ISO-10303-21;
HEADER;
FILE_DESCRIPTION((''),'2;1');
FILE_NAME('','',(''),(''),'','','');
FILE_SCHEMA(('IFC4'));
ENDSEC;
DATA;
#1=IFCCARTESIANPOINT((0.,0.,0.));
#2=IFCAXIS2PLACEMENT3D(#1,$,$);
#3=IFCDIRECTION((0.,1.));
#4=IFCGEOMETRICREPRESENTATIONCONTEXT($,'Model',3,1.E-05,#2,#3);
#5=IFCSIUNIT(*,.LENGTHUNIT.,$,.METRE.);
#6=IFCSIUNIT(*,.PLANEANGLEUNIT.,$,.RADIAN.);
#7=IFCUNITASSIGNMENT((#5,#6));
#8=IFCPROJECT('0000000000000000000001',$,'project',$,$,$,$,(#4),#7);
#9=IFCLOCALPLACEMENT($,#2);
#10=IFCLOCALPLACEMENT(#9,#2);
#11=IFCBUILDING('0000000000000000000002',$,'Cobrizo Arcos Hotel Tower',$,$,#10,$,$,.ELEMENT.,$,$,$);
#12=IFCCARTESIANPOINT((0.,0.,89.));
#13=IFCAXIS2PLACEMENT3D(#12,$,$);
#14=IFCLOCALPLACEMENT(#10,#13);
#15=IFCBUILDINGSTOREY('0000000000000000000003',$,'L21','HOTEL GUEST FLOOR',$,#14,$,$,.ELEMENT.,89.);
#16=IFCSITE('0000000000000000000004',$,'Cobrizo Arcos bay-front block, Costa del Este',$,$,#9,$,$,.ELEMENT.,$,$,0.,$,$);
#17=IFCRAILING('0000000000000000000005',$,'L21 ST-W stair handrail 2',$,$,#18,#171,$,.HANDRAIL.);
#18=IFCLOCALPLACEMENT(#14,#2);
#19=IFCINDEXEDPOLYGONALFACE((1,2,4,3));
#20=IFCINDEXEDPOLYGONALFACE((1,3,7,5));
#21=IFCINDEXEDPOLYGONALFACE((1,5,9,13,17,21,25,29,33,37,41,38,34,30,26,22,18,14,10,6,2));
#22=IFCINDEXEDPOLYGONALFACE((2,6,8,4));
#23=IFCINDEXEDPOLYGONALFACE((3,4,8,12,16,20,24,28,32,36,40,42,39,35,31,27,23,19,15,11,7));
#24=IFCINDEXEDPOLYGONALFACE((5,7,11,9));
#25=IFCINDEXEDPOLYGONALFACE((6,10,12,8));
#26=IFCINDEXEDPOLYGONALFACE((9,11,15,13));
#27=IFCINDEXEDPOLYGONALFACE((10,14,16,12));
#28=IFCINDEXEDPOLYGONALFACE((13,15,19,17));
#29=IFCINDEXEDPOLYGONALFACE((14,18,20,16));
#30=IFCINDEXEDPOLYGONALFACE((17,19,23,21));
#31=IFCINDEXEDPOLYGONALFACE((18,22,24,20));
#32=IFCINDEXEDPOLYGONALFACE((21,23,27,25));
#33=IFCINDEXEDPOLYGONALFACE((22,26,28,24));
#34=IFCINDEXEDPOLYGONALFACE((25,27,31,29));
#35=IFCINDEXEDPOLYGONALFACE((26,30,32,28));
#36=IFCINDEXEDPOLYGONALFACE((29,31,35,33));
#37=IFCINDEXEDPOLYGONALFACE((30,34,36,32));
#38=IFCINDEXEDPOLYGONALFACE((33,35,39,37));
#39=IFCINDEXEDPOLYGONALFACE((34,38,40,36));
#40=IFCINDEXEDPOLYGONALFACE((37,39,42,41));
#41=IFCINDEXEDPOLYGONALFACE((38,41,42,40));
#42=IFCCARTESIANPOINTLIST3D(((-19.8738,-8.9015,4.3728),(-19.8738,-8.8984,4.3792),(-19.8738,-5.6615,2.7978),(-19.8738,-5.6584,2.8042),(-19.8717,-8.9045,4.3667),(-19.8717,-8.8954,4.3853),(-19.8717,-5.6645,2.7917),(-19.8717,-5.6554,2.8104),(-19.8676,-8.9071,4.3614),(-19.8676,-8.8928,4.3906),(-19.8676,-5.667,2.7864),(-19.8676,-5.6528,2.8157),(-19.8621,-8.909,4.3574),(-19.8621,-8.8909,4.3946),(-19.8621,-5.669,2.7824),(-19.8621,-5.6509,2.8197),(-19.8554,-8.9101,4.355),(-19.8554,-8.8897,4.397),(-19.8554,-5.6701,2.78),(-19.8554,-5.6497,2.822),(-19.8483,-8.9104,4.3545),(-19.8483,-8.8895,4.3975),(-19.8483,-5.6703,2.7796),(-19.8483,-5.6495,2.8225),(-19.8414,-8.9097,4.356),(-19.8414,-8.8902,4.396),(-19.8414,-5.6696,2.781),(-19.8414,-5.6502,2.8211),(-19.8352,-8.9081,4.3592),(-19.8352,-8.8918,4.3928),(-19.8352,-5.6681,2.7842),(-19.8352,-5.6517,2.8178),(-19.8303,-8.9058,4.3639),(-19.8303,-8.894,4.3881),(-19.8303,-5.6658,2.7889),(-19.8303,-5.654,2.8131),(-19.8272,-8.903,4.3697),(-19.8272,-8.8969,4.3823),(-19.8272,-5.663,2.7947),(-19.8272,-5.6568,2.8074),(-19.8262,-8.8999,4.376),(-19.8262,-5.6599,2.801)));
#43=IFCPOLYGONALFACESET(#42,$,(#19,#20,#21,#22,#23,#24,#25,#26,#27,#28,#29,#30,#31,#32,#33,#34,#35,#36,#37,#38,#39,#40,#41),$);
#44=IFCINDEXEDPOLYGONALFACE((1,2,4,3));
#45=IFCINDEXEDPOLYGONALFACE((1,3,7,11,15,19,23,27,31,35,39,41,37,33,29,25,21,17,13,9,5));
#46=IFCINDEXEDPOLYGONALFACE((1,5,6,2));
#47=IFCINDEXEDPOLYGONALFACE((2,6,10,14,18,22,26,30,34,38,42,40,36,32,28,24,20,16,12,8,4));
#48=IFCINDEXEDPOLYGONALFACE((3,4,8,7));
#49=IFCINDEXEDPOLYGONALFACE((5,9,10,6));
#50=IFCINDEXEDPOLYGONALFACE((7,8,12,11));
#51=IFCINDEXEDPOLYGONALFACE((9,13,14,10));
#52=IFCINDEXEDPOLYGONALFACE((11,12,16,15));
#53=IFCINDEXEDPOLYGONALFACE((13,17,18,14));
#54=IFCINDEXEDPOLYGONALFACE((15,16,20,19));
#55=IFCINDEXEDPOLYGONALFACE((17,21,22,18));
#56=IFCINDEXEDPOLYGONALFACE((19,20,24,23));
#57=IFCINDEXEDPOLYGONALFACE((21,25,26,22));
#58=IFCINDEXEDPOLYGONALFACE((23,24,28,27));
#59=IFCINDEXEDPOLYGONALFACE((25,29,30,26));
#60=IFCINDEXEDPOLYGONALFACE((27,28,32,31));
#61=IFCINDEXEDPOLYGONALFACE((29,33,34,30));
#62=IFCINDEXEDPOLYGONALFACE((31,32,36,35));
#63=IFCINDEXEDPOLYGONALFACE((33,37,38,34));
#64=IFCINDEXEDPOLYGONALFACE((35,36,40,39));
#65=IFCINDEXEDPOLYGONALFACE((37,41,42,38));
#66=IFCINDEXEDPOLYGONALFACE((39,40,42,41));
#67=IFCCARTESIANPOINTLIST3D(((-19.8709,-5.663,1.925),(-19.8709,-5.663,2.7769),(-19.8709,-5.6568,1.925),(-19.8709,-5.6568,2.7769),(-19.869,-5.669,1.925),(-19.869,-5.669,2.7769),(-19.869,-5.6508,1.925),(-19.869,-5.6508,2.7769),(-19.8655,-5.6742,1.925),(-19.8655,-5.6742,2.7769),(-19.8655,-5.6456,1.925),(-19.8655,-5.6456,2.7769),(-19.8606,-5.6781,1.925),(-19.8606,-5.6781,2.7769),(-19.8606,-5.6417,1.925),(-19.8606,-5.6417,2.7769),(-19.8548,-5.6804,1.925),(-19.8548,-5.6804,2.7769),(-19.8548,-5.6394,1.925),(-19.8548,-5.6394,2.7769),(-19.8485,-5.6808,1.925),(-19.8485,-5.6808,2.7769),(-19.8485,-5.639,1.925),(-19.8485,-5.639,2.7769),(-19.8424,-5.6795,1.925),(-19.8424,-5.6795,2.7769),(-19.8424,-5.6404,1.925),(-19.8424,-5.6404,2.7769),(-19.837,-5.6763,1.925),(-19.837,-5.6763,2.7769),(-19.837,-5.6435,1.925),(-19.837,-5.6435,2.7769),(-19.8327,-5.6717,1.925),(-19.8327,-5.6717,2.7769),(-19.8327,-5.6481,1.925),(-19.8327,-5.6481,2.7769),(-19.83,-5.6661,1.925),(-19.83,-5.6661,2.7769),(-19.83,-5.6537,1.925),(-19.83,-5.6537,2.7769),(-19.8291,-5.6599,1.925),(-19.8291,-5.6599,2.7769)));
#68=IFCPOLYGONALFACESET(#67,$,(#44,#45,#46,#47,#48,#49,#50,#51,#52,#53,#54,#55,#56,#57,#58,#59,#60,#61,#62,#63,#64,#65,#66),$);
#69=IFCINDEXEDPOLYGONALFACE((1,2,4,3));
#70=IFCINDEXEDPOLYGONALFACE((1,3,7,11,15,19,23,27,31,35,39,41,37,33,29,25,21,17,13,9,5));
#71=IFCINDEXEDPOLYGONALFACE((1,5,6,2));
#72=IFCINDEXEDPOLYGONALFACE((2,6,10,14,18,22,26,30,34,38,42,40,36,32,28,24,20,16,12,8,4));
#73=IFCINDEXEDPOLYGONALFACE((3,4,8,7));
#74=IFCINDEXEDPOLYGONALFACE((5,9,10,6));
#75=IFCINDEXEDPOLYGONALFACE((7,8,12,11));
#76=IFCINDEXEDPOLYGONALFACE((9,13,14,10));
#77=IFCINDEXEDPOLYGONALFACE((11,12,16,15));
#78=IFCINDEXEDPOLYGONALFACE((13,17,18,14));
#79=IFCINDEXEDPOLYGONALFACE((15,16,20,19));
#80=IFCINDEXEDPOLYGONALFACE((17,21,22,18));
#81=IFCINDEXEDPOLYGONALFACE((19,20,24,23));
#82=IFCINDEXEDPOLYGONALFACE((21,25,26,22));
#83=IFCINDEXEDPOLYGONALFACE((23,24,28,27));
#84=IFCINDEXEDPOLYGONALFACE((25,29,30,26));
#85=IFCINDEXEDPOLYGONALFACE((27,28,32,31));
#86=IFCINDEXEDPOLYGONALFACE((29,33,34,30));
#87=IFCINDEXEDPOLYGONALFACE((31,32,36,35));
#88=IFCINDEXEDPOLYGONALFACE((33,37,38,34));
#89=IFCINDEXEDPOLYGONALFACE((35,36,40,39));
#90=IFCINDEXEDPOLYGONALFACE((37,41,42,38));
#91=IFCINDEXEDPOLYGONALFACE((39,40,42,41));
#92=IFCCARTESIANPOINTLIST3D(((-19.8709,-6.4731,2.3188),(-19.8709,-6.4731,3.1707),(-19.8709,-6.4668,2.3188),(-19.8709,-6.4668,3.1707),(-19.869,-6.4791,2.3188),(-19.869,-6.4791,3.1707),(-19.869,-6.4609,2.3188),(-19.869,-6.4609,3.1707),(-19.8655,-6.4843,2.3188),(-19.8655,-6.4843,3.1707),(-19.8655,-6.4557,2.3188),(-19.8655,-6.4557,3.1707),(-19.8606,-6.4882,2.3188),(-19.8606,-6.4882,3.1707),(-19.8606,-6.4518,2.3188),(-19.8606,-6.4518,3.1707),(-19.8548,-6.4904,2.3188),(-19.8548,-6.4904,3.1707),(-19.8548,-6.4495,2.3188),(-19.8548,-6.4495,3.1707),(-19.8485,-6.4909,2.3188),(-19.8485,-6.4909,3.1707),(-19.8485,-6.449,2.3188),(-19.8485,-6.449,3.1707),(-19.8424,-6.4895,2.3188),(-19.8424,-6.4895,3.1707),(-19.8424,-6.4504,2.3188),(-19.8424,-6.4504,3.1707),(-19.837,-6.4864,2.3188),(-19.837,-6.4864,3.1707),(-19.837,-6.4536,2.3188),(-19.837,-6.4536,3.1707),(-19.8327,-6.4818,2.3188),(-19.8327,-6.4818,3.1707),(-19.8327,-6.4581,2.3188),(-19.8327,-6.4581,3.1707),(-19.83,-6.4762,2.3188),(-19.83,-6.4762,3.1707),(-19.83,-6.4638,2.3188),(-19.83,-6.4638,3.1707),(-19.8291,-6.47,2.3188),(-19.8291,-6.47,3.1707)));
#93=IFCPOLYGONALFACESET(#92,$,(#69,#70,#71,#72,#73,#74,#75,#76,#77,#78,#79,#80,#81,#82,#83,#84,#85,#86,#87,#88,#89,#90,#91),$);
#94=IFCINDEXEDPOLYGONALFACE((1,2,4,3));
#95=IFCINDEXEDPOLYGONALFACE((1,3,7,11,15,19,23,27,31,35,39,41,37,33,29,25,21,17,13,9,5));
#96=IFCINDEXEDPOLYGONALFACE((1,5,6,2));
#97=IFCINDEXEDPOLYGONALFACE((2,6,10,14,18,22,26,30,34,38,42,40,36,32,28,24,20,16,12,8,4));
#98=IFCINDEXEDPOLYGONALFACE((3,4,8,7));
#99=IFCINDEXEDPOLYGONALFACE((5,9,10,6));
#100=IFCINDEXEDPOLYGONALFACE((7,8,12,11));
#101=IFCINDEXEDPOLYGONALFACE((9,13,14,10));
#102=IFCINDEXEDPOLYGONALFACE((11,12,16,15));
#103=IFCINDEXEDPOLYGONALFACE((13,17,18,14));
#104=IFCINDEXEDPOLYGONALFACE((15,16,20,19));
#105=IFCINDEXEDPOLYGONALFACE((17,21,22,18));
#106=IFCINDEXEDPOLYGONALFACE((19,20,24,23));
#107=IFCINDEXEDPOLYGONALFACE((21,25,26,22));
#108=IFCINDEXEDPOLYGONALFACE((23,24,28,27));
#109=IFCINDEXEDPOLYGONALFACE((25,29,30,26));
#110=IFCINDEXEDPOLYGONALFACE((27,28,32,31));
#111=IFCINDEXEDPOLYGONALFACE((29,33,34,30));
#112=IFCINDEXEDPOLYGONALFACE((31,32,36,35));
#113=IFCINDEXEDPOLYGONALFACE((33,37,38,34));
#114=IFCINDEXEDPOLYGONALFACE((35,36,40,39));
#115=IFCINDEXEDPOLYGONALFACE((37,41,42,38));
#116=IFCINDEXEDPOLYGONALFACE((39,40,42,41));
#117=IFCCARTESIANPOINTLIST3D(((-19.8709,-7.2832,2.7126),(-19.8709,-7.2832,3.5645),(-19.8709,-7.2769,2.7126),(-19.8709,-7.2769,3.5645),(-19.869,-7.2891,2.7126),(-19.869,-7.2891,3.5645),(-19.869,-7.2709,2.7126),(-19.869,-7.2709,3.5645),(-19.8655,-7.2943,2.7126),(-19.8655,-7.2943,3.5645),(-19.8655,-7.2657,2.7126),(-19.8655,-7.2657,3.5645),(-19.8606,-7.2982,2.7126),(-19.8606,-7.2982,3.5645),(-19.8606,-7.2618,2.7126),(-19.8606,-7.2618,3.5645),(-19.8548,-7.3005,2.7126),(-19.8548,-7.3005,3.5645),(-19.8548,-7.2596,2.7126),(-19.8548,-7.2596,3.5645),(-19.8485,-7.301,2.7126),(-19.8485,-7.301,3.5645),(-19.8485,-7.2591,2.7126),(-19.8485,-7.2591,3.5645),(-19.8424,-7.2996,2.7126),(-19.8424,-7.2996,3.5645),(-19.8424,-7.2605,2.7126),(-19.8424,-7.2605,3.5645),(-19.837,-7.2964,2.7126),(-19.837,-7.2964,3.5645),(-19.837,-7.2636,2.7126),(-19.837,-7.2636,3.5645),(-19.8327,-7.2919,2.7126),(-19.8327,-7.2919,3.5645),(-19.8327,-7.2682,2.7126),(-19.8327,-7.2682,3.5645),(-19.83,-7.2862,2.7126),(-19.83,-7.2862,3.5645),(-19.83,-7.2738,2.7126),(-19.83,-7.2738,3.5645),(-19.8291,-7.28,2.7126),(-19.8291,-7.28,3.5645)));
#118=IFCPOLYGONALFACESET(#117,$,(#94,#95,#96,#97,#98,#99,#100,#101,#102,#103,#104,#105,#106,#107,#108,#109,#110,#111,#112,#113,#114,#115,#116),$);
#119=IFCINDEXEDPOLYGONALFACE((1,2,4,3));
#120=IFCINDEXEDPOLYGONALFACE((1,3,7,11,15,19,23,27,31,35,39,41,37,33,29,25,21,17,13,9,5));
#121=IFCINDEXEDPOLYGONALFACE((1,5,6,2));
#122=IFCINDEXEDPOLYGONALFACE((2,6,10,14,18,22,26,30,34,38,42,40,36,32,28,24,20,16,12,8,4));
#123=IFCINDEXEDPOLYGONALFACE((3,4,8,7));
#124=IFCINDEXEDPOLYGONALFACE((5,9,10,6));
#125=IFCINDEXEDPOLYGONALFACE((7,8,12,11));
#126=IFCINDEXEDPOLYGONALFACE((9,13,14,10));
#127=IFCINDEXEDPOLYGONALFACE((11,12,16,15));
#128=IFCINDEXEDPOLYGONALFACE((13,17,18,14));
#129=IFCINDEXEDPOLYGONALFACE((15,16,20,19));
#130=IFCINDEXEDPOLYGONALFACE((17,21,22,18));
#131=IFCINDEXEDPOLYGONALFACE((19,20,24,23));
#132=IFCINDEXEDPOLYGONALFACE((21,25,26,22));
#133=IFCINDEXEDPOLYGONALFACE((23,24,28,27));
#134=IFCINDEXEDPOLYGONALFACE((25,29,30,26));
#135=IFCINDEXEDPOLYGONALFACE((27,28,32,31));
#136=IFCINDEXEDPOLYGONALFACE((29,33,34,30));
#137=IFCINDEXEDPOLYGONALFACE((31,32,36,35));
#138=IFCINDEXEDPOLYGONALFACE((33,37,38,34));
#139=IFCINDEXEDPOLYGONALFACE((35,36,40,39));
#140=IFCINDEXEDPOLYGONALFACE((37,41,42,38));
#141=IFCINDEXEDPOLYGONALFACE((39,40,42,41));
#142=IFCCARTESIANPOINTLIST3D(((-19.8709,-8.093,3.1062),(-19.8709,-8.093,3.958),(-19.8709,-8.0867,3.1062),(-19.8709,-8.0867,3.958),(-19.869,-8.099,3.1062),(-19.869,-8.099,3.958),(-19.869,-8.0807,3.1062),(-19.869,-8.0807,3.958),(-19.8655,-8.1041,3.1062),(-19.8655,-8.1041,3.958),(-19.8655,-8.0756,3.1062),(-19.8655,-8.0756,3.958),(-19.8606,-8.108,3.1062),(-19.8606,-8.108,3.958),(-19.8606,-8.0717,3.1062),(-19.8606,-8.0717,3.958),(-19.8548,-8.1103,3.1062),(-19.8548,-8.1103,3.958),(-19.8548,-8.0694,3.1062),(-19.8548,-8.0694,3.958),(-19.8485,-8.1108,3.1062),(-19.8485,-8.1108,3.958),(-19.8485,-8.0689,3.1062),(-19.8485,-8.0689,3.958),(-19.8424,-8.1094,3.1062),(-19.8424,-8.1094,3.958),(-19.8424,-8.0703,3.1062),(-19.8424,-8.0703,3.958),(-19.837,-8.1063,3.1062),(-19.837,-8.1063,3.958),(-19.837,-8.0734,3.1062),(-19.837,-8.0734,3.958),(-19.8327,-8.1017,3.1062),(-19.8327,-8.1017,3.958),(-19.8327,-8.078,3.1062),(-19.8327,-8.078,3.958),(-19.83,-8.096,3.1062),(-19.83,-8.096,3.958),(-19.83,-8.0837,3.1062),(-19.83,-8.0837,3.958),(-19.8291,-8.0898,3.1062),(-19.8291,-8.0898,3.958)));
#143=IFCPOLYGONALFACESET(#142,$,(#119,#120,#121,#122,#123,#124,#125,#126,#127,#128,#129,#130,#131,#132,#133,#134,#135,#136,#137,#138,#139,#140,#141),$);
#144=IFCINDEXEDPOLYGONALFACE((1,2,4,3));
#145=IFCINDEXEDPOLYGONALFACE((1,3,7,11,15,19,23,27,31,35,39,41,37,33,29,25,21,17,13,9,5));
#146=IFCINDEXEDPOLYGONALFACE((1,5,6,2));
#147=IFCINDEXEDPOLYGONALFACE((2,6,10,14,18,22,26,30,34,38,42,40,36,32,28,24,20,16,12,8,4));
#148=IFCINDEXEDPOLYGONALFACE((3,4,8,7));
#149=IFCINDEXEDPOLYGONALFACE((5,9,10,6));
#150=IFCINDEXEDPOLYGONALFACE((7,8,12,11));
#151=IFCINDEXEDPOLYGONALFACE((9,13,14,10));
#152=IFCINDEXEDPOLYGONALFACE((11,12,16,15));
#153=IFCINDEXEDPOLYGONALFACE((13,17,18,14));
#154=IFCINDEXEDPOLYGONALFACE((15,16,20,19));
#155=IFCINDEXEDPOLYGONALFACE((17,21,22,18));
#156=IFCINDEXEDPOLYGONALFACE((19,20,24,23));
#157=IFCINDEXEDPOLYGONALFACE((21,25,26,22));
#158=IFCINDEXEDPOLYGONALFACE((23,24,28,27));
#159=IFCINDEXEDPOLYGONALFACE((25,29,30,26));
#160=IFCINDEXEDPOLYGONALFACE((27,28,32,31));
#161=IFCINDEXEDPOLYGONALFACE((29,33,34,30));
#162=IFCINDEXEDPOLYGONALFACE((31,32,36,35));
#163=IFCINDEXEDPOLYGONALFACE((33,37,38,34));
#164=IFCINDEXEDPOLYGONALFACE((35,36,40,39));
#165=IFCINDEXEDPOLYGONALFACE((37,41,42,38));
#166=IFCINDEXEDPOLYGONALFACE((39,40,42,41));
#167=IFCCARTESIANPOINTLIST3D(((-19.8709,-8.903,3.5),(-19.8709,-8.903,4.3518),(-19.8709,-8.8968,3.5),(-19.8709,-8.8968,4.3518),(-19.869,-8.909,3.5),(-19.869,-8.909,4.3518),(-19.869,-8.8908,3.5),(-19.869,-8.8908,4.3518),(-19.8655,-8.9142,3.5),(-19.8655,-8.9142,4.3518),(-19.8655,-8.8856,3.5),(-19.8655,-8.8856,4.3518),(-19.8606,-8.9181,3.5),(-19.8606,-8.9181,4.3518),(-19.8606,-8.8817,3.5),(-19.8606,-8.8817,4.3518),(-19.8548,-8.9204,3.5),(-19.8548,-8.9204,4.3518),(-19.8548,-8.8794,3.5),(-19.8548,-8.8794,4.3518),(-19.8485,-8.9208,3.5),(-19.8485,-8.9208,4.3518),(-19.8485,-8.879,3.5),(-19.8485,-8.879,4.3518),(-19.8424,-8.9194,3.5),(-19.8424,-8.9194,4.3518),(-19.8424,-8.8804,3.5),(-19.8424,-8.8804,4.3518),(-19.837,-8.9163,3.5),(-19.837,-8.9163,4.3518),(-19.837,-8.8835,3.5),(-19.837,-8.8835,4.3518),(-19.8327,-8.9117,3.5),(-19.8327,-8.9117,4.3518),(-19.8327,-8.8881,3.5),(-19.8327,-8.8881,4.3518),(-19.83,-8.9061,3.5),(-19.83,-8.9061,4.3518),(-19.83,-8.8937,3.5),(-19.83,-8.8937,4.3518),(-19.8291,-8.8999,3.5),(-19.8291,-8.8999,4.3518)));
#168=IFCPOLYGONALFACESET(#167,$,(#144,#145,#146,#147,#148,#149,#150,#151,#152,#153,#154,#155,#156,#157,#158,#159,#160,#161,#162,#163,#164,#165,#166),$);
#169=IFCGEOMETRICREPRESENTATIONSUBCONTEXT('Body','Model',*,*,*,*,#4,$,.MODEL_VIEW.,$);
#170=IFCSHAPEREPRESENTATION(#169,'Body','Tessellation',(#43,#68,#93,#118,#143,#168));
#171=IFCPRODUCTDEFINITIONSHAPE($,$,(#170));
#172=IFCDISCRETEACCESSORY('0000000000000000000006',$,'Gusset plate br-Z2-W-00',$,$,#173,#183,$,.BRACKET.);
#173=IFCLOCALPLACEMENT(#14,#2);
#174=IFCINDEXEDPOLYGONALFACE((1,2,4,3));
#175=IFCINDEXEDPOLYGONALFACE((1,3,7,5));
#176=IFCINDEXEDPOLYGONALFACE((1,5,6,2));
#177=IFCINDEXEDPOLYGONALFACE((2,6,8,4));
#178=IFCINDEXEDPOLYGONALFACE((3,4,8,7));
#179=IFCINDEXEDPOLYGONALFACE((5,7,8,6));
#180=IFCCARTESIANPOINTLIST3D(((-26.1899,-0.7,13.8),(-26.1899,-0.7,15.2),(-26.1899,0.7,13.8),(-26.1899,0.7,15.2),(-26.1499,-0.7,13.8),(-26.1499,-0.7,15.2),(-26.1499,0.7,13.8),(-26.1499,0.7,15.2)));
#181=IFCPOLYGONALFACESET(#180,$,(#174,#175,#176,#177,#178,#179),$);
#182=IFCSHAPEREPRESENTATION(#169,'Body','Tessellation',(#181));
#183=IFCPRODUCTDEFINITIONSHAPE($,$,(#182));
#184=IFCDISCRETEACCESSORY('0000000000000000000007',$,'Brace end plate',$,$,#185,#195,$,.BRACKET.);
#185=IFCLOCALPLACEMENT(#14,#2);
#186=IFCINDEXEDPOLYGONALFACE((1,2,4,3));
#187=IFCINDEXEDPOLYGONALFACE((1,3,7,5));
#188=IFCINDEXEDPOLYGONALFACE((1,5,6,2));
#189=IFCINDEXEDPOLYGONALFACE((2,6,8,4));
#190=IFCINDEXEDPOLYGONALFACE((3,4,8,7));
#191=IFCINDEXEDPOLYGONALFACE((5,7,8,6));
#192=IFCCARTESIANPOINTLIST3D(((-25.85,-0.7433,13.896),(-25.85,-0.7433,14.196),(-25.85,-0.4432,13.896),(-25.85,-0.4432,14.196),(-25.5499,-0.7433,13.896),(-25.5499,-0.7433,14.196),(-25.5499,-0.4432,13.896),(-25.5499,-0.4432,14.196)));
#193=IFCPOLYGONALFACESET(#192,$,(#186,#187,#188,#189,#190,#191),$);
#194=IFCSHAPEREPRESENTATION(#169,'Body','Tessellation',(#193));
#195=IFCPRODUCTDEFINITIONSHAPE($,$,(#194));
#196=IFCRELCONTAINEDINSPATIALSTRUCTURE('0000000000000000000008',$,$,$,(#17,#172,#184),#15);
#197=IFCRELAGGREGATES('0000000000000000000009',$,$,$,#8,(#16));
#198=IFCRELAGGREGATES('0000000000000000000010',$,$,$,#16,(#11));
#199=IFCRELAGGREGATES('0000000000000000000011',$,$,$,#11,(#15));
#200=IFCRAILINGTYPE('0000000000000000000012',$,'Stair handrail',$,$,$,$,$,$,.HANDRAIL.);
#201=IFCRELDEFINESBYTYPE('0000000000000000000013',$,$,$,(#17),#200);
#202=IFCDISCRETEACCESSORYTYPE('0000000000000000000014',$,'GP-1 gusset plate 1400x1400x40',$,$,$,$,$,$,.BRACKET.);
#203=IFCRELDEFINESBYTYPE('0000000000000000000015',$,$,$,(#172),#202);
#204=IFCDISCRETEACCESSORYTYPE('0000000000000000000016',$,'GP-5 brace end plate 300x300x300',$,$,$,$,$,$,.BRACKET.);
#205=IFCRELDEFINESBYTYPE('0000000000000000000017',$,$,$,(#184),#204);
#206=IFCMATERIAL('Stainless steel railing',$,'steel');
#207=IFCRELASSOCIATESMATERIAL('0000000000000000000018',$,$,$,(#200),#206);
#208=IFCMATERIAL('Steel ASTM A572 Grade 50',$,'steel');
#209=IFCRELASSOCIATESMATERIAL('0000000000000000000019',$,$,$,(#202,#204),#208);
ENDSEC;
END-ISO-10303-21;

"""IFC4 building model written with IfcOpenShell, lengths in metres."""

from ifc_helpers import new_model, si_unit, direction, frame, origin, origin_2d, place, context, subcontext, project, spatial, rectangle, circle, extrude, material, type_object, element, save


model = new_model("IFC4")

# Units and contexts
model_context = context("Model", 3, precision=1e-05, world=origin(), true_north=direction((0.0, 1.0)))
body_context = subcontext(model_context, "Body", "Model", "MODEL_VIEW")
ifc_project = project(units=[si_unit("LENGTHUNIT", "METRE"), si_unit("PLANEANGLEUNIT", "RADIAN")], contexts=[model_context])

# Site, building, storey
site_placement = place(None, origin())
site = spatial("IfcSite", under=ifc_project, at=site_placement, Name="Cobrizo Arcos bay-front block, Costa del Este", CompositionType="ELEMENT", RefElevation=0.0)
building_placement = place(site_placement, origin())
building = spatial("IfcBuilding", under=site, at=building_placement, Name="Cobrizo Arcos Hotel Tower", CompositionType="ELEMENT")
storey_placement = place(building_placement, frame((0.0, 0.0, 89.0)))
storey = spatial("IfcBuildingStorey", under=building, at=storey_placement, Name="L21", Description="HOTEL GUEST FLOOR", CompositionType="ELEMENT", Elevation=89.0)

# Shared definitions
ifc_material_1 = material(Name="Steel ASTM A572 Grade 50", Category="steel")

# Railing
ifc_material_2 = material(Name="Stainless steel railing", Category="steel")
railing_type_1 = type_object("IfcRailingType", Name="Stair handrail", PredefinedType="HANDRAIL", material=ifc_material_2)
railing_1_placement = place(storey_placement, frame((-19.8501, -5.6599, 1.925)))
element("IfcRailing", 1, at=railing_1_placement, inside=storey, type_object=railing_type_1, Name="L21 ST-W stair handrail 2", PredefinedType="HANDRAIL", context=body_context, shape_type="SweptSolid", body=[
    extrude(circle(Radius=0.0239, at=origin_2d()), frame((0.0, 0.0, 0.876), z_axis=(0.0, -0.899373, 0.437183), x_axis=(1.0, 0.0, 0.0)), (0.0, 0.0, 1.0), 3.6025),
    extrude(circle(Radius=0.021, at=origin_2d()), origin(), (0.0, 0.0, 1.0), 0.8518),
    extrude(circle(Radius=0.021, at=origin_2d()), frame((0.0, -0.8101, 0.3938)), (0.0, 0.0, 1.0), 0.8518),
    extrude(circle(Radius=0.021, at=origin_2d()), frame((0.0, -1.6201, 0.7876)), (0.0, 0.0, 1.0), 0.8518),
    extrude(circle(Radius=0.021, at=origin_2d()), frame((0.0, -2.4299, 1.1812)), (0.0, 0.0, 1.0), 0.8518),
    extrude(circle(Radius=0.021, at=origin_2d()), frame((0.0, -3.24, 1.575)), (0.0, 0.0, 1.0), 0.8518),
])

# Discrete accessories
discrete_accessory_type_1 = type_object("IfcDiscreteAccessoryType", Name="GP-1 gusset plate 1400x1400x40", PredefinedType="BRACKET", material=ifc_material_1)
discrete_accessory_1_placement = place(storey_placement, frame((-26.1699, 0.0, 13.8), z_axis=(0.0, 0.0, 1.0), x_axis=(1.0, 0.0, 0.0)))
element("IfcDiscreteAccessory", 2, at=discrete_accessory_1_placement, inside=storey, type_object=discrete_accessory_type_1, Name="Gusset plate br-Z2-W-00", PredefinedType="BRACKET", context=body_context, shape_type="SweptSolid", body=[
    extrude(rectangle(XDim=0.04, YDim=1.3999, at=origin_2d()), origin(), (0.0, 0.0, 1.0), 1.3999),
])
discrete_accessory_type_2 = type_object("IfcDiscreteAccessoryType", Name="GP-5 brace end plate 300x300x300", PredefinedType="BRACKET", material=ifc_material_1)
discrete_accessory_2_placement = place(storey_placement, frame((-25.7, -0.5933, 13.896), z_axis=(0.0, 0.0, 1.0), x_axis=(1.0, 0.0, 0.0)))
element("IfcDiscreteAccessory", 3, at=discrete_accessory_2_placement, inside=storey, type_object=discrete_accessory_type_2, Name="Brace end plate", PredefinedType="BRACKET", context=body_context, shape_type="SweptSolid", body=[
    extrude(rectangle(XDim=0.3, YDim=0.3, at=origin_2d()), origin(), (0.0, 0.0, 1.0), 0.3),
])

save(model, "model.ifc")
